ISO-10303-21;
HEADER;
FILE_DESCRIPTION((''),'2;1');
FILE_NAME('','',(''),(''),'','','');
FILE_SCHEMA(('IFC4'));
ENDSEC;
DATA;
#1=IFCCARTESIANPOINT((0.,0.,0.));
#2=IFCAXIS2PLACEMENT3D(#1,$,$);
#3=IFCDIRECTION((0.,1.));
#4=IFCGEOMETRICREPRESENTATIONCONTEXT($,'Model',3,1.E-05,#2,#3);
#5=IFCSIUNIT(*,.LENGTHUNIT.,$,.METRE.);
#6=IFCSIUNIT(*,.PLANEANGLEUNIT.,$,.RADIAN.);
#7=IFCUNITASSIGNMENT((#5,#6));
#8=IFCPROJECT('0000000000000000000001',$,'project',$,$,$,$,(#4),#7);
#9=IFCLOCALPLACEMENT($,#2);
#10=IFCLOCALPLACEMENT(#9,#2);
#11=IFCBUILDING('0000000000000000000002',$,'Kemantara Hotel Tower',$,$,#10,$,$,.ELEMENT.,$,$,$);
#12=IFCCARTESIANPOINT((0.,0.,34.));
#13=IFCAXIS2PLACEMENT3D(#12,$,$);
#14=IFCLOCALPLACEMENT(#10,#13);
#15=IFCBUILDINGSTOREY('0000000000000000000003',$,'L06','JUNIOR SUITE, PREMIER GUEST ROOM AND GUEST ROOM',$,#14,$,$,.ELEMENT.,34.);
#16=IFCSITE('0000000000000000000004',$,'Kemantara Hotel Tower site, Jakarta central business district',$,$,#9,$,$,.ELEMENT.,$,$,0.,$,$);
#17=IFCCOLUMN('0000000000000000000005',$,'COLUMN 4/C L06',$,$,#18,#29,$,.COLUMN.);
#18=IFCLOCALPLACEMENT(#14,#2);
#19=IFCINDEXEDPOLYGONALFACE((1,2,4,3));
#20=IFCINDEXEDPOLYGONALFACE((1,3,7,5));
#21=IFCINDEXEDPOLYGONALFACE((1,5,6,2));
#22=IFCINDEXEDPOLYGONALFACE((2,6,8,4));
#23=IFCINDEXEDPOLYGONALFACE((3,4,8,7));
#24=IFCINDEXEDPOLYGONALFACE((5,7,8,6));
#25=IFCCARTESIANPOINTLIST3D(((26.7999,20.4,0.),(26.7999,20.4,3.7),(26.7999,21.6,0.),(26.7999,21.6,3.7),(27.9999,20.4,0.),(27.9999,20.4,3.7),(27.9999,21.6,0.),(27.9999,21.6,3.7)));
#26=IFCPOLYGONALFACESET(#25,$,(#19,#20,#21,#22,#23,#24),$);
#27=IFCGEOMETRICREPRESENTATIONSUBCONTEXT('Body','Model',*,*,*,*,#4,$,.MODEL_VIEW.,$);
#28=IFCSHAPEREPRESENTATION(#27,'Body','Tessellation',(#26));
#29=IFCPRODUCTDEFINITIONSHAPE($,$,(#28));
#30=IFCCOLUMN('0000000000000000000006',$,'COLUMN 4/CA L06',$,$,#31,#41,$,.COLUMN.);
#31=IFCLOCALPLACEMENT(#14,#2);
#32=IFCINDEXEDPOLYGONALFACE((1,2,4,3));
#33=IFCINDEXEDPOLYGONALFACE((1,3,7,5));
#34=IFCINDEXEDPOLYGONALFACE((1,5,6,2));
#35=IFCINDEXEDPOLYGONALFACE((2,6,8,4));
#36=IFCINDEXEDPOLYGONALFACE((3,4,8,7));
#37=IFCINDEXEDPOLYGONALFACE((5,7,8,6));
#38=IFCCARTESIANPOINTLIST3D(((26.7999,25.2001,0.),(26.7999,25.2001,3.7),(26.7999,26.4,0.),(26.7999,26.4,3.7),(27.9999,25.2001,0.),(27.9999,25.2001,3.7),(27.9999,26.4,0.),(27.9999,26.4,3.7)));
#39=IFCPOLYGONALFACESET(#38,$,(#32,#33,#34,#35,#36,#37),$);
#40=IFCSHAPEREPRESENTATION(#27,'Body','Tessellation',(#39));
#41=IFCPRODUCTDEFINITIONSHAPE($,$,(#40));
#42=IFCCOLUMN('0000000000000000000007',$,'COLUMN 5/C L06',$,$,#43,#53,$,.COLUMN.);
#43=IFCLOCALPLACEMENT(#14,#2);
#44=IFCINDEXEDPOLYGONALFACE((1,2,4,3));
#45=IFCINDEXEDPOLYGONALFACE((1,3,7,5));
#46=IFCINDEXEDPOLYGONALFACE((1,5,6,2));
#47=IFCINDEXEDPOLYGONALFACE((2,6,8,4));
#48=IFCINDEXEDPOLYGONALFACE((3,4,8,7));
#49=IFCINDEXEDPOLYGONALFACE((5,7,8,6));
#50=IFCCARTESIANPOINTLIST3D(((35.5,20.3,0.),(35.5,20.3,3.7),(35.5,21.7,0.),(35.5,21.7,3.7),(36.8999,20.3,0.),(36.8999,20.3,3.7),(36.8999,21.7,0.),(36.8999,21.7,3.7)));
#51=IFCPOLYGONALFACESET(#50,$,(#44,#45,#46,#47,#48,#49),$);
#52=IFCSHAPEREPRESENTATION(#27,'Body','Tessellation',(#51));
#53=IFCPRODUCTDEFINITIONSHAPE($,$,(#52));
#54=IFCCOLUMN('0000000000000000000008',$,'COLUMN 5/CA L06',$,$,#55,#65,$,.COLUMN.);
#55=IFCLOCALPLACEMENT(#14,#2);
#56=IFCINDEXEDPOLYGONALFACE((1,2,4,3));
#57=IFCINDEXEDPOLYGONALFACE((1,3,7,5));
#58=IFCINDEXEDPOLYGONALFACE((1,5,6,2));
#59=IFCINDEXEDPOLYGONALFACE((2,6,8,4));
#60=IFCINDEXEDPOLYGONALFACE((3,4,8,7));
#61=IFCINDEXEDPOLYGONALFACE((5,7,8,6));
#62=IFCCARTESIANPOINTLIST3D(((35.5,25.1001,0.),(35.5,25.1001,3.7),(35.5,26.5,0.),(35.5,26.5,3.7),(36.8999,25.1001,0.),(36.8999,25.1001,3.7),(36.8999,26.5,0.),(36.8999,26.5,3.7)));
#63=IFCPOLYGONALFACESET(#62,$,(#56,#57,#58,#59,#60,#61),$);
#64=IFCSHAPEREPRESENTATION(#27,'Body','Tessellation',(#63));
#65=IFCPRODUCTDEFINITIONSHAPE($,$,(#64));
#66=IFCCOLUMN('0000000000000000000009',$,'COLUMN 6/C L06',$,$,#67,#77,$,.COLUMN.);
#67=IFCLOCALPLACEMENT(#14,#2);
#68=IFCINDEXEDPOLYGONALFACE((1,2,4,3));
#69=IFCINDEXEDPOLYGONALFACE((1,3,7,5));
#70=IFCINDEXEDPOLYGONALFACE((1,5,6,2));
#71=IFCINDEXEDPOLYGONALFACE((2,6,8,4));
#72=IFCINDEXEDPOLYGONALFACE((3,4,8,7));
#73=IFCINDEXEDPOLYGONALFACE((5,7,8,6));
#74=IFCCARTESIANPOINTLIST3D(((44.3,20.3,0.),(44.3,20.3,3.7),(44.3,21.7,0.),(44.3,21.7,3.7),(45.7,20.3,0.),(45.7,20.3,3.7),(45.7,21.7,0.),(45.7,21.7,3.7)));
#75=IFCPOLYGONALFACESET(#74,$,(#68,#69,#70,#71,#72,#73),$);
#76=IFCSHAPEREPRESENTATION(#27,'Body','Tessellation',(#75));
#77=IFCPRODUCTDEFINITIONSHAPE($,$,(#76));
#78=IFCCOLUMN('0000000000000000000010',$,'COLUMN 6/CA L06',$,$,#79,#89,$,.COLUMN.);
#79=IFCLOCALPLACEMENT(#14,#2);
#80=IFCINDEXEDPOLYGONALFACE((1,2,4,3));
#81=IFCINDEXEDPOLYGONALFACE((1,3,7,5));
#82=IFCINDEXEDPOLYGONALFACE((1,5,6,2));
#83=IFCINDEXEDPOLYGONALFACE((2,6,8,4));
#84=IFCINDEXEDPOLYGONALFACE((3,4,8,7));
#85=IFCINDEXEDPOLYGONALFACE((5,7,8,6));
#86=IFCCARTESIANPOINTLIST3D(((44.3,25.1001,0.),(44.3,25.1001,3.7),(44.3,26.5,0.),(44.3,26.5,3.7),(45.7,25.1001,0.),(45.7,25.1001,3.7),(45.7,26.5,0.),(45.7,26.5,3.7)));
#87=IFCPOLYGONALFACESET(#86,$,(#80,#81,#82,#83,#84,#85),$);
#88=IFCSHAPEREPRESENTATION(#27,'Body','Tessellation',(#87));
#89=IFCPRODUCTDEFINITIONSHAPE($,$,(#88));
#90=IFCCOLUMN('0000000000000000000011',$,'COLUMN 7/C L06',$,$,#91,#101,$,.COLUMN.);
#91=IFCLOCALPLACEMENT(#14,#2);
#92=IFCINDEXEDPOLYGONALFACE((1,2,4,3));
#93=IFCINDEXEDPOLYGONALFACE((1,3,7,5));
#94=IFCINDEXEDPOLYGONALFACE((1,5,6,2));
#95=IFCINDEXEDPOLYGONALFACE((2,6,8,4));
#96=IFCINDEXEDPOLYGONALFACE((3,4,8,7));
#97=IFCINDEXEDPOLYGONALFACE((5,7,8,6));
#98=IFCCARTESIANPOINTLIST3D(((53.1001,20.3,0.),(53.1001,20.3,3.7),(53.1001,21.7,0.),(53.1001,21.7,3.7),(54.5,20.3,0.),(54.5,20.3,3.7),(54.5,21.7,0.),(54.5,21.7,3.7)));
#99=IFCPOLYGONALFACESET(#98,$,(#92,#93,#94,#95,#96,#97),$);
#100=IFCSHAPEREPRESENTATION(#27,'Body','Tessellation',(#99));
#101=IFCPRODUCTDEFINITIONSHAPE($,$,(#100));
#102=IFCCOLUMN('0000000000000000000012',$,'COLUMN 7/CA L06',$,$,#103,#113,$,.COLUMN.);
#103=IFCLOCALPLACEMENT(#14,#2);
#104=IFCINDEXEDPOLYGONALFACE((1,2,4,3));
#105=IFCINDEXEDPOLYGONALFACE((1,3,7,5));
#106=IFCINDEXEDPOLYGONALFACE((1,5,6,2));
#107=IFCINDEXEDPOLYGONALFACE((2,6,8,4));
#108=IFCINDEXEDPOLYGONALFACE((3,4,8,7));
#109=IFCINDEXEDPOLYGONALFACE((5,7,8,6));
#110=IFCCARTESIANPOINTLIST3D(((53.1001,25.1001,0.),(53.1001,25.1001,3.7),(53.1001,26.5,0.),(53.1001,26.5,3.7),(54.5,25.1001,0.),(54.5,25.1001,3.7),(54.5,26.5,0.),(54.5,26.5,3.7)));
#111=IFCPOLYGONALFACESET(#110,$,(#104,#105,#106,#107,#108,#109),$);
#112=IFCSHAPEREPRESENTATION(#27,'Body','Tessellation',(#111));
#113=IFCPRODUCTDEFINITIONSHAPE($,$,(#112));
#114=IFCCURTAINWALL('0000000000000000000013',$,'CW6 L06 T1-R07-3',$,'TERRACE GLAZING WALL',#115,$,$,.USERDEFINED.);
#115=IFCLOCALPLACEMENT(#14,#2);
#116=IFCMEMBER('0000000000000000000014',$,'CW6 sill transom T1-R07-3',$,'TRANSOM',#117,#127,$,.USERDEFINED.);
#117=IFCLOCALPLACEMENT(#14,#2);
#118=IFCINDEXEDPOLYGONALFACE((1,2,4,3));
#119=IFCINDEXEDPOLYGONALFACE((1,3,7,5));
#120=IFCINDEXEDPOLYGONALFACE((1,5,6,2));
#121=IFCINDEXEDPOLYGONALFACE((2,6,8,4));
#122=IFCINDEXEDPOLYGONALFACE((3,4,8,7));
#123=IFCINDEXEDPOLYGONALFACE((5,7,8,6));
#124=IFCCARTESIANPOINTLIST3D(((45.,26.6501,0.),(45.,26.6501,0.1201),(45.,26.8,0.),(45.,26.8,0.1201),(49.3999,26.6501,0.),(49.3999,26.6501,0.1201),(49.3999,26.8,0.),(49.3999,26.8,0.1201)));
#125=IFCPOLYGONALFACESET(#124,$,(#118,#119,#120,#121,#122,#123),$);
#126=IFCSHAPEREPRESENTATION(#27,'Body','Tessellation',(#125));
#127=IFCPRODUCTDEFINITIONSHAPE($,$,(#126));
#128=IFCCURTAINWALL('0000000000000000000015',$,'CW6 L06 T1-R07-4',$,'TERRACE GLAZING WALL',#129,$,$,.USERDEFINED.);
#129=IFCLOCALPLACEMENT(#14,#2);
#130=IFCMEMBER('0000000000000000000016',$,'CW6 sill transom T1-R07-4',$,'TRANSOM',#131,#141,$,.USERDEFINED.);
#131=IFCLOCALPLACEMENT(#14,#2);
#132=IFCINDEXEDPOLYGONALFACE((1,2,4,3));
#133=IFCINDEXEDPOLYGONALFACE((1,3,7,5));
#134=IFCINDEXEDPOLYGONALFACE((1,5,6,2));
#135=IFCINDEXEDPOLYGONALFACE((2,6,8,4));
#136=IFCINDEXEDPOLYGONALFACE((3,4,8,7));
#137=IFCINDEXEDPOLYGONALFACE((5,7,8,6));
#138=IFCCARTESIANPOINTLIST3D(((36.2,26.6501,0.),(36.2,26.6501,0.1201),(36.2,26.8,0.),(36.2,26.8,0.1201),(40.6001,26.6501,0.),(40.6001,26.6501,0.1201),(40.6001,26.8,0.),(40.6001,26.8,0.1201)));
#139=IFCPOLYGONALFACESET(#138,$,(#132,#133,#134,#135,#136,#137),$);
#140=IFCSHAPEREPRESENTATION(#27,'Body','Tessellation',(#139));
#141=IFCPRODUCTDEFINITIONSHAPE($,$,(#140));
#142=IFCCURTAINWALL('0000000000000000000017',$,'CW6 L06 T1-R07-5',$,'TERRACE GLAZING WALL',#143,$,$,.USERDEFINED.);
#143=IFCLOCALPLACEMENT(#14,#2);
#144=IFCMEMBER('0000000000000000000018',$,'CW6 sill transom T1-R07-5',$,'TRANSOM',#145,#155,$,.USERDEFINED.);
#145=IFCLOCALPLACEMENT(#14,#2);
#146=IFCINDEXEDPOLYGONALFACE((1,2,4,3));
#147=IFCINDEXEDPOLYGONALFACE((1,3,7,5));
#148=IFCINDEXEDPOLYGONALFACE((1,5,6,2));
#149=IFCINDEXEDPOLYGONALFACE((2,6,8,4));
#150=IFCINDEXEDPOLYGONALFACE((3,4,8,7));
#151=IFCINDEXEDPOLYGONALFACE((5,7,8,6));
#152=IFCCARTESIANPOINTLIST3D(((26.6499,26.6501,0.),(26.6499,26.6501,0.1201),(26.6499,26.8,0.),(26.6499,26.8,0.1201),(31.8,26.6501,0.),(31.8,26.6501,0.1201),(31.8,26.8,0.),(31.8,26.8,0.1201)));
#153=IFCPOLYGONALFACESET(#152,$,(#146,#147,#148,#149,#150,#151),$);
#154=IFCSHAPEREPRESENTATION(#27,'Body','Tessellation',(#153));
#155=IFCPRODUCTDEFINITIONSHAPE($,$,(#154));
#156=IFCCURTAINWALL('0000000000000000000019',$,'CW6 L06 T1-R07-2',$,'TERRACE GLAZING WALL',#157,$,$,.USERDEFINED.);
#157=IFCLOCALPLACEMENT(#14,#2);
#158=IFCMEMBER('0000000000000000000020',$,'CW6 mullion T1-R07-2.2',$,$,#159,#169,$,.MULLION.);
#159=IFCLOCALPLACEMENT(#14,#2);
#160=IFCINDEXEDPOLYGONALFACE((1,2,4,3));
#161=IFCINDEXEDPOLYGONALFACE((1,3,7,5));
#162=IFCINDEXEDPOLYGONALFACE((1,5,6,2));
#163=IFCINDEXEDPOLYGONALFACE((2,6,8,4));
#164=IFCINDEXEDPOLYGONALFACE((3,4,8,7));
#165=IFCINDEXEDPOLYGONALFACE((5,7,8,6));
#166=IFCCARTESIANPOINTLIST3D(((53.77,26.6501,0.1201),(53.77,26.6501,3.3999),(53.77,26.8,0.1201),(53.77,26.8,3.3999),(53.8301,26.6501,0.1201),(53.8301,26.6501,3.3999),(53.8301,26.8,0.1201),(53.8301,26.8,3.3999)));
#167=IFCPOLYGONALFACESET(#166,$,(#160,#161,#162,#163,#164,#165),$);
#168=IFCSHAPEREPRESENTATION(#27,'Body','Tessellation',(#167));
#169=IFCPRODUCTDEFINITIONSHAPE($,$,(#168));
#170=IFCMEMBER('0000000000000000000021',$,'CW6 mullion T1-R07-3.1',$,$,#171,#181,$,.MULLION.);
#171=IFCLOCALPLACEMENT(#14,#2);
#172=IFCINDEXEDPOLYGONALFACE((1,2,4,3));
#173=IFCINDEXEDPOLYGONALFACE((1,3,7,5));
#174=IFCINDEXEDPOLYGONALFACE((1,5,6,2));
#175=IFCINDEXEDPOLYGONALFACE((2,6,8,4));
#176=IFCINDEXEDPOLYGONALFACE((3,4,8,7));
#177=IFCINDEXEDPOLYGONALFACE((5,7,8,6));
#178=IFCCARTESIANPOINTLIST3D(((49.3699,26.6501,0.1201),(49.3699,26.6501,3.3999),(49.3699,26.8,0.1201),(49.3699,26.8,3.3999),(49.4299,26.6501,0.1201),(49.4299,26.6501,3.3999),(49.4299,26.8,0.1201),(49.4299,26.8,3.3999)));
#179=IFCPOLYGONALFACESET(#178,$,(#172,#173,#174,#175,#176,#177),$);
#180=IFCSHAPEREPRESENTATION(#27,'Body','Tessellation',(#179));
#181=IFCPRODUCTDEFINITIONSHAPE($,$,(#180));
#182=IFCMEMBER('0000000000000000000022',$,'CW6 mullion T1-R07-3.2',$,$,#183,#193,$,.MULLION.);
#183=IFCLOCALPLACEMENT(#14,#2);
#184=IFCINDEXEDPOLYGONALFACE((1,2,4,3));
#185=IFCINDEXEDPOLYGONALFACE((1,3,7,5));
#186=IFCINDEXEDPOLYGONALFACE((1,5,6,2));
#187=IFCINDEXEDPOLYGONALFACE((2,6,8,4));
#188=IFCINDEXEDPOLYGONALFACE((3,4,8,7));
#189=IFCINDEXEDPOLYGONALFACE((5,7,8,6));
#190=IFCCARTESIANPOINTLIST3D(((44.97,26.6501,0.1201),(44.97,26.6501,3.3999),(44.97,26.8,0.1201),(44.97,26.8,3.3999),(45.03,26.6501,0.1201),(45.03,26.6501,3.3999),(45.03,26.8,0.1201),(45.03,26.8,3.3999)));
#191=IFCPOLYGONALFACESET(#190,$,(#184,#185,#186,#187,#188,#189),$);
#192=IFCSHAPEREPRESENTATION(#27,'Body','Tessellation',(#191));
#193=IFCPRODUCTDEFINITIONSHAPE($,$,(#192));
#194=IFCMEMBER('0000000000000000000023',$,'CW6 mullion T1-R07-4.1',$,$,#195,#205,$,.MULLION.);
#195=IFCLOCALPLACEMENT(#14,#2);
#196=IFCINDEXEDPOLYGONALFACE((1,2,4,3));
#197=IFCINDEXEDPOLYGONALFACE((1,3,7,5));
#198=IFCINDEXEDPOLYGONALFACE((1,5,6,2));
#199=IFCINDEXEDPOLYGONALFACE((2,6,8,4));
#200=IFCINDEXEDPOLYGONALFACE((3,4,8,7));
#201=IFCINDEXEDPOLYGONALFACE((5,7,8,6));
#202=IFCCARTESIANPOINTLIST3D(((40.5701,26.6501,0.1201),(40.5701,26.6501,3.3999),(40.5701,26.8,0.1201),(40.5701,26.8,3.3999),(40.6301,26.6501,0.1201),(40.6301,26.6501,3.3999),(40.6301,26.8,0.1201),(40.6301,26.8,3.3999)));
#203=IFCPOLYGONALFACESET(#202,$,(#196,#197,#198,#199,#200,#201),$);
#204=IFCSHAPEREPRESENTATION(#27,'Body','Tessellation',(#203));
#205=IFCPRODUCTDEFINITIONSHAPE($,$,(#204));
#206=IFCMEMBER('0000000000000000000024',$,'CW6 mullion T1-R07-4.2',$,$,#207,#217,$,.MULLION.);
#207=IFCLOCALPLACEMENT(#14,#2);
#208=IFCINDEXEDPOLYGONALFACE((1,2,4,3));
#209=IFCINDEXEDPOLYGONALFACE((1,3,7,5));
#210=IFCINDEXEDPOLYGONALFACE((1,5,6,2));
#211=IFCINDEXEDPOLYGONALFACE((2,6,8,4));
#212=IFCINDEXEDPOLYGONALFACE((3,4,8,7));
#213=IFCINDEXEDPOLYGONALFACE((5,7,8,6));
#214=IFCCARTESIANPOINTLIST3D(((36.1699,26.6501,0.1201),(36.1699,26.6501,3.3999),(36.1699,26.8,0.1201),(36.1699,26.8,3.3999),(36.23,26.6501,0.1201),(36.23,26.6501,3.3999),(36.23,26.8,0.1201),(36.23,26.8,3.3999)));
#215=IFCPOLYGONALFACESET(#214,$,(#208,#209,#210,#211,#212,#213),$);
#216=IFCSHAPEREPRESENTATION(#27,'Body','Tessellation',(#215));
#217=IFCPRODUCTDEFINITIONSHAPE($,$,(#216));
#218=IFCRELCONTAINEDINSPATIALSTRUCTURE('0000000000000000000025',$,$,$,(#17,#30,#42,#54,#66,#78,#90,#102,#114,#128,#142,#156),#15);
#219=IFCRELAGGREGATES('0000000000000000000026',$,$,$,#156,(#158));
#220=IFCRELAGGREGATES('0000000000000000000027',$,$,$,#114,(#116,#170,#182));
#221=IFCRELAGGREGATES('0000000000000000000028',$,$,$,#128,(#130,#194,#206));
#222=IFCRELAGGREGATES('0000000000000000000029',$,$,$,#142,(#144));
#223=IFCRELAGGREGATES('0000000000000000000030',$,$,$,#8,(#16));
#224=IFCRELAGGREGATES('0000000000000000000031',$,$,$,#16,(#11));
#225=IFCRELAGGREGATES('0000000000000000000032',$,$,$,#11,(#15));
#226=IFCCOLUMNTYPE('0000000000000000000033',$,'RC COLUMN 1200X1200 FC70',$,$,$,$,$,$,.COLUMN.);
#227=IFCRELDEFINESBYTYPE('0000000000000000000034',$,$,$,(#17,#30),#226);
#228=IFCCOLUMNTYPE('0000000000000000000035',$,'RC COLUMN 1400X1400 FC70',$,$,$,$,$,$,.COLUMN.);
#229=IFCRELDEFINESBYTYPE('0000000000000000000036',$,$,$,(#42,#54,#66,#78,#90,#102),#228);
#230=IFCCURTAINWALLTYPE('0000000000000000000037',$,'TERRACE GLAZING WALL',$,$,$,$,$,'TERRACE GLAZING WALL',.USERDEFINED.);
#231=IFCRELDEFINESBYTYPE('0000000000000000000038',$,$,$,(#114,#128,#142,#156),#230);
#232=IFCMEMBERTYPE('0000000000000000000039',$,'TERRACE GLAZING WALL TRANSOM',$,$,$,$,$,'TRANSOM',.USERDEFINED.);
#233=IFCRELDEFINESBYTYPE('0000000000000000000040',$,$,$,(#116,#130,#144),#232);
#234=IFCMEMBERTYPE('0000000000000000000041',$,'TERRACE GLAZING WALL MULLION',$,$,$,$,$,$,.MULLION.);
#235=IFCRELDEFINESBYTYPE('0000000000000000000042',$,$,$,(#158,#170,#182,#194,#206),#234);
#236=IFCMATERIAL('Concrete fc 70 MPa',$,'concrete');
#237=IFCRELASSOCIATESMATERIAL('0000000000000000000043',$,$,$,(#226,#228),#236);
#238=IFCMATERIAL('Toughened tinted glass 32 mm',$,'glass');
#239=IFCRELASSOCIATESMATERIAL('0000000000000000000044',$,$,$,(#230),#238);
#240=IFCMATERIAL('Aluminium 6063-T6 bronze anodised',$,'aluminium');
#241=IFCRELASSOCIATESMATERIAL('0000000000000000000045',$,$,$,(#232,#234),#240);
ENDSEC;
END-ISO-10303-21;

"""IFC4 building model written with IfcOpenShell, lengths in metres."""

from ifc_helpers import new_model, si_unit, direction, frame, origin, origin_2d, place, context, subcontext, project, spatial, rectangle, extrude, source, transform, mapped, material, material_profile, profile_set, type_object, element, aggregate, save


model = new_model("IFC4")

# Units and contexts
model_context = context("Model", 3, precision=1e-05, world=origin(), true_north=direction((0.0, 1.0)))
body_context = subcontext(model_context, "Body", "Model", "MODEL_VIEW")
ifc_project = project(units=[si_unit("LENGTHUNIT", "METRE"), si_unit("PLANEANGLEUNIT", "RADIAN")], contexts=[model_context])

# Site, building, storey
site_placement = place(None, origin())
site = spatial("IfcSite", under=ifc_project, at=site_placement, Name="Kemantara Hotel Tower site, Jakarta central business district", CompositionType="ELEMENT", RefElevation=0.0)
building_placement = place(site_placement, origin())
building = spatial("IfcBuilding", under=site, at=building_placement, Name="Kemantara Hotel Tower", CompositionType="ELEMENT")
storey_placement = place(building_placement, frame((0.0, 0.0, 34.0)))
storey = spatial("IfcBuildingStorey", under=building, at=storey_placement, Name="L06", Description="JUNIOR SUITE, PREMIER GUEST ROOM AND GUEST ROOM", CompositionType="ELEMENT", Elevation=34.0)

# Columns
ifc_material_1 = material(Name="Concrete fc 70 MPa", Category="concrete")
ifc_material_profile_1 = material_profile(ifc_material_1, rectangle(XDim=1.2, YDim=1.2, at=origin_2d()), Name="RC 1200X1200")
ifc_profile_set_1 = profile_set([ifc_material_profile_1], Name="Concrete fc 70 MPa")
column_type_1 = type_object("IfcColumnType", Name="RC COLUMN 1200X1200 FC70", PredefinedType="COLUMN", material=ifc_profile_set_1)
for number, where, z_axis, x_axis, name in (
    (1, (27.3999, 21.0, 0.0), (0.0, 0.0, 1.0), (1.0, 0.0, 0.0), "COLUMN 4/C L06"),
    (2, (27.3999, 25.8, 0.0), (0.0, 0.0, 1.0), (1.0, 0.0, 0.0), "COLUMN 4/CA L06"),
):
    element("IfcColumn", number, at=place(storey_placement, frame(where, z_axis=z_axis, x_axis=x_axis)), inside=storey, type_object=column_type_1, Name=name, PredefinedType="COLUMN", context=body_context, shape_type="SweptSolid", body=[
        extrude(rectangle(XDim=1.2, YDim=1.2, at=origin_2d()), origin(), (0.0, 0.0, 1.0), 3.7),
    ])
ifc_material_profile_2 = material_profile(ifc_material_1, rectangle(XDim=1.3999, YDim=1.3999, at=origin_2d()), Name="RC 1400X1400")
ifc_profile_set_2 = profile_set([ifc_material_profile_2], Name="Concrete fc 70 MPa")
column_type_2 = type_object("IfcColumnType", Name="RC COLUMN 1400X1400 FC70", PredefinedType="COLUMN", material=ifc_profile_set_2)
for number, where, z_axis, x_axis, name in (
    (3, (36.2, 21.0, 0.0), (0.0, 0.0, 1.0), (1.0, 0.0, 0.0), "COLUMN 5/C L06"),
    (4, (36.2, 25.8, 0.0), (0.0, 0.0, 1.0), (1.0, 0.0, 0.0), "COLUMN 5/CA L06"),
    (5, (45.0, 21.0, 0.0), (0.0, 0.0, 1.0), (1.0, 0.0, 0.0), "COLUMN 6/C L06"),
    (6, (45.0, 25.8, 0.0), (0.0, 0.0, 1.0), (1.0, 0.0, 0.0), "COLUMN 6/CA L06"),
    (7, (53.8, 21.0, 0.0), (0.0, 0.0, 1.0), (1.0, 0.0, 0.0), "COLUMN 7/C L06"),
    (8, (53.8, 25.8, 0.0), (0.0, 0.0, 1.0), (1.0, 0.0, 0.0), "COLUMN 7/CA L06"),
):
    element("IfcColumn", number, at=place(storey_placement, frame(where, z_axis=z_axis, x_axis=x_axis)), inside=storey, type_object=column_type_2, Name=name, PredefinedType="COLUMN", context=body_context, shape_type="SweptSolid", body=[
        extrude(rectangle(XDim=1.3999, YDim=1.3999, at=origin_2d()), origin(), (0.0, 0.0, 1.0), 3.7),
    ])

# Curtain walls, members
ifc_material_2 = material(Name="Toughened tinted glass 32 mm", Category="glass")
curtain_wall_type = type_object("IfcCurtainWallType", Name="TERRACE GLAZING WALL", ElementType="TERRACE GLAZING WALL", PredefinedType="USERDEFINED", material=ifc_material_2)
curtain_wall_1_placement = place(storey_placement, origin())
curtain_wall_1 = element("IfcCurtainWall", 9, at=curtain_wall_1_placement, inside=storey, type_object=curtain_wall_type, Name="CW6 L06 T1-R07-3", ObjectType="TERRACE GLAZING WALL", PredefinedType="USERDEFINED")
ifc_material_3 = material(Name="Aluminium 6063-T6 bronze anodised", Category="aluminium")
ifc_material_profile_3 = material_profile(ifc_material_3, rectangle(XDim=0.1499, YDim=0.1201, at=origin_2d()), Name="TERRACE GLAZING WALL TRANSOM")
ifc_profile_set_3 = profile_set([ifc_material_profile_3], Name="Aluminium 6063-T6 bronze anodised")
member_type_1 = type_object("IfcMemberType", Name="TERRACE GLAZING WALL TRANSOM", ElementType="TRANSOM", PredefinedType="USERDEFINED", material=ifc_profile_set_3)
member_1_placement = place(storey_placement, frame((49.3999, 26.7251, 0.0601), z_axis=(-1.0, 0.0, 0.0), x_axis=(0.0, -1.0, 0.0)))
member_1 = element("IfcMember", 10, at=member_1_placement, type_object=member_type_1, Name="CW6 sill transom T1-R07-3", ObjectType="TRANSOM", PredefinedType="USERDEFINED", context=body_context, shape_type="SweptSolid", body=[
    extrude(rectangle(XDim=0.1499, YDim=0.1201, at=origin_2d()), origin(), (0.0, 0.0, 1.0), 4.3999),
])
curtain_wall_2_placement = place(storey_placement, origin())
curtain_wall_2 = element("IfcCurtainWall", 11, at=curtain_wall_2_placement, inside=storey, type_object=curtain_wall_type, Name="CW6 L06 T1-R07-4", ObjectType="TERRACE GLAZING WALL", PredefinedType="USERDEFINED")
member_2_placement = place(storey_placement, frame((40.6001, 26.7251, 0.0601), z_axis=(-1.0, 0.0, 0.0), x_axis=(0.0, -1.0, 0.0)))
member_2 = element("IfcMember", 12, at=member_2_placement, type_object=member_type_1, Name="CW6 sill transom T1-R07-4", ObjectType="TRANSOM", PredefinedType="USERDEFINED", context=body_context, shape_type="SweptSolid", body=[
    extrude(rectangle(XDim=0.1499, YDim=0.1201, at=origin_2d()), origin(), (0.0, 0.0, 1.0), 4.4001),
])
curtain_wall_3_placement = place(storey_placement, origin())
curtain_wall_3 = element("IfcCurtainWall", 13, at=curtain_wall_3_placement, inside=storey, type_object=curtain_wall_type, Name="CW6 L06 T1-R07-5", ObjectType="TERRACE GLAZING WALL", PredefinedType="USERDEFINED")
member_3_placement = place(storey_placement, frame((31.8, 26.7251, 0.0601), z_axis=(-1.0, 0.0, 0.0), x_axis=(0.0, -1.0, 0.0)))
member_3 = element("IfcMember", 14, at=member_3_placement, type_object=member_type_1, Name="CW6 sill transom T1-R07-5", ObjectType="TRANSOM", PredefinedType="USERDEFINED", context=body_context, shape_type="SweptSolid", body=[
    extrude(rectangle(XDim=0.1499, YDim=0.1201, at=origin_2d()), origin(), (0.0, 0.0, 1.0), 5.1501),
])
curtain_wall_4_placement = place(storey_placement, origin())
curtain_wall_4 = element("IfcCurtainWall", 15, at=curtain_wall_4_placement, inside=storey, type_object=curtain_wall_type, Name="CW6 L06 T1-R07-2", ObjectType="TERRACE GLAZING WALL", PredefinedType="USERDEFINED")
ifc_material_profile_4 = material_profile(ifc_material_3, rectangle(XDim=0.1499, YDim=0.0601, at=origin_2d()), Name="TERRACE GLAZING WALL MULLION")
ifc_profile_set_4 = profile_set([ifc_material_profile_4], Name="Aluminium 6063-T6 bronze anodised")
member_type_2 = type_object("IfcMemberType", Name="TERRACE GLAZING WALL MULLION", PredefinedType="MULLION", material=ifc_profile_set_4)
shared_shape_1 = source(origin(), body_context, "Body", "SweptSolid", [
    extrude(rectangle(XDim=0.1499, YDim=0.0601, at=origin_2d()), origin(), (0.0, 0.0, 1.0), 3.2798),
])
member_4_placement = place(storey_placement, frame((53.8, 26.7251, 0.1201), z_axis=(0.0, 0.0, 1.0), x_axis=(0.0, -1.0, 0.0)))
member_4 = element("IfcMember", 16, at=member_4_placement, type_object=member_type_2, Name="CW6 mullion T1-R07-2.2", PredefinedType="MULLION", context=body_context, shape_type="MappedRepresentation", body=[
    mapped(shared_shape_1, transform((0.0, 0.0, 0.0))),
])

# Members
member_5_placement = place(storey_placement, frame((49.3999, 26.7251, 0.1201), z_axis=(0.0, 0.0, 1.0), x_axis=(0.0, -1.0, 0.0)))
member_5 = element("IfcMember", 17, at=member_5_placement, type_object=member_type_2, Name="CW6 mullion T1-R07-3.1", PredefinedType="MULLION", context=body_context, shape_type="MappedRepresentation", body=[
    mapped(shared_shape_1, transform((0.0, 0.0, 0.0))),
])
member_6_placement = place(storey_placement, frame((45.0, 26.7251, 0.1201), z_axis=(0.0, 0.0, 1.0), x_axis=(0.0, -1.0, 0.0)))
member_6 = element("IfcMember", 18, at=member_6_placement, type_object=member_type_2, Name="CW6 mullion T1-R07-3.2", PredefinedType="MULLION", context=body_context, shape_type="MappedRepresentation", body=[
    mapped(shared_shape_1, transform((0.0, 0.0, 0.0))),
])
member_7_placement = place(storey_placement, frame((40.6001, 26.7251, 0.1201), z_axis=(0.0, 0.0, 1.0), x_axis=(0.0, -1.0, 0.0)))
member_7 = element("IfcMember", 19, at=member_7_placement, type_object=member_type_2, Name="CW6 mullion T1-R07-4.1", PredefinedType="MULLION", context=body_context, shape_type="MappedRepresentation", body=[
    mapped(shared_shape_1, transform((0.0, 0.0, 0.0))),
])
member_8_placement = place(storey_placement, frame((36.2, 26.7251, 0.1201), z_axis=(0.0, 0.0, 1.0), x_axis=(0.0, -1.0, 0.0)))
member_8 = element("IfcMember", 20, at=member_8_placement, type_object=member_type_2, Name="CW6 mullion T1-R07-4.2", PredefinedType="MULLION", context=body_context, shape_type="MappedRepresentation", body=[
    mapped(shared_shape_1, transform((0.0, 0.0, 0.0))),
])

aggregate(curtain_wall_4, [member_4])
aggregate(curtain_wall_1, [member_1, member_5, member_6])
aggregate(curtain_wall_2, [member_2, member_7, member_8])
aggregate(curtain_wall_3, [member_3])

save(model, "model.ifc")
